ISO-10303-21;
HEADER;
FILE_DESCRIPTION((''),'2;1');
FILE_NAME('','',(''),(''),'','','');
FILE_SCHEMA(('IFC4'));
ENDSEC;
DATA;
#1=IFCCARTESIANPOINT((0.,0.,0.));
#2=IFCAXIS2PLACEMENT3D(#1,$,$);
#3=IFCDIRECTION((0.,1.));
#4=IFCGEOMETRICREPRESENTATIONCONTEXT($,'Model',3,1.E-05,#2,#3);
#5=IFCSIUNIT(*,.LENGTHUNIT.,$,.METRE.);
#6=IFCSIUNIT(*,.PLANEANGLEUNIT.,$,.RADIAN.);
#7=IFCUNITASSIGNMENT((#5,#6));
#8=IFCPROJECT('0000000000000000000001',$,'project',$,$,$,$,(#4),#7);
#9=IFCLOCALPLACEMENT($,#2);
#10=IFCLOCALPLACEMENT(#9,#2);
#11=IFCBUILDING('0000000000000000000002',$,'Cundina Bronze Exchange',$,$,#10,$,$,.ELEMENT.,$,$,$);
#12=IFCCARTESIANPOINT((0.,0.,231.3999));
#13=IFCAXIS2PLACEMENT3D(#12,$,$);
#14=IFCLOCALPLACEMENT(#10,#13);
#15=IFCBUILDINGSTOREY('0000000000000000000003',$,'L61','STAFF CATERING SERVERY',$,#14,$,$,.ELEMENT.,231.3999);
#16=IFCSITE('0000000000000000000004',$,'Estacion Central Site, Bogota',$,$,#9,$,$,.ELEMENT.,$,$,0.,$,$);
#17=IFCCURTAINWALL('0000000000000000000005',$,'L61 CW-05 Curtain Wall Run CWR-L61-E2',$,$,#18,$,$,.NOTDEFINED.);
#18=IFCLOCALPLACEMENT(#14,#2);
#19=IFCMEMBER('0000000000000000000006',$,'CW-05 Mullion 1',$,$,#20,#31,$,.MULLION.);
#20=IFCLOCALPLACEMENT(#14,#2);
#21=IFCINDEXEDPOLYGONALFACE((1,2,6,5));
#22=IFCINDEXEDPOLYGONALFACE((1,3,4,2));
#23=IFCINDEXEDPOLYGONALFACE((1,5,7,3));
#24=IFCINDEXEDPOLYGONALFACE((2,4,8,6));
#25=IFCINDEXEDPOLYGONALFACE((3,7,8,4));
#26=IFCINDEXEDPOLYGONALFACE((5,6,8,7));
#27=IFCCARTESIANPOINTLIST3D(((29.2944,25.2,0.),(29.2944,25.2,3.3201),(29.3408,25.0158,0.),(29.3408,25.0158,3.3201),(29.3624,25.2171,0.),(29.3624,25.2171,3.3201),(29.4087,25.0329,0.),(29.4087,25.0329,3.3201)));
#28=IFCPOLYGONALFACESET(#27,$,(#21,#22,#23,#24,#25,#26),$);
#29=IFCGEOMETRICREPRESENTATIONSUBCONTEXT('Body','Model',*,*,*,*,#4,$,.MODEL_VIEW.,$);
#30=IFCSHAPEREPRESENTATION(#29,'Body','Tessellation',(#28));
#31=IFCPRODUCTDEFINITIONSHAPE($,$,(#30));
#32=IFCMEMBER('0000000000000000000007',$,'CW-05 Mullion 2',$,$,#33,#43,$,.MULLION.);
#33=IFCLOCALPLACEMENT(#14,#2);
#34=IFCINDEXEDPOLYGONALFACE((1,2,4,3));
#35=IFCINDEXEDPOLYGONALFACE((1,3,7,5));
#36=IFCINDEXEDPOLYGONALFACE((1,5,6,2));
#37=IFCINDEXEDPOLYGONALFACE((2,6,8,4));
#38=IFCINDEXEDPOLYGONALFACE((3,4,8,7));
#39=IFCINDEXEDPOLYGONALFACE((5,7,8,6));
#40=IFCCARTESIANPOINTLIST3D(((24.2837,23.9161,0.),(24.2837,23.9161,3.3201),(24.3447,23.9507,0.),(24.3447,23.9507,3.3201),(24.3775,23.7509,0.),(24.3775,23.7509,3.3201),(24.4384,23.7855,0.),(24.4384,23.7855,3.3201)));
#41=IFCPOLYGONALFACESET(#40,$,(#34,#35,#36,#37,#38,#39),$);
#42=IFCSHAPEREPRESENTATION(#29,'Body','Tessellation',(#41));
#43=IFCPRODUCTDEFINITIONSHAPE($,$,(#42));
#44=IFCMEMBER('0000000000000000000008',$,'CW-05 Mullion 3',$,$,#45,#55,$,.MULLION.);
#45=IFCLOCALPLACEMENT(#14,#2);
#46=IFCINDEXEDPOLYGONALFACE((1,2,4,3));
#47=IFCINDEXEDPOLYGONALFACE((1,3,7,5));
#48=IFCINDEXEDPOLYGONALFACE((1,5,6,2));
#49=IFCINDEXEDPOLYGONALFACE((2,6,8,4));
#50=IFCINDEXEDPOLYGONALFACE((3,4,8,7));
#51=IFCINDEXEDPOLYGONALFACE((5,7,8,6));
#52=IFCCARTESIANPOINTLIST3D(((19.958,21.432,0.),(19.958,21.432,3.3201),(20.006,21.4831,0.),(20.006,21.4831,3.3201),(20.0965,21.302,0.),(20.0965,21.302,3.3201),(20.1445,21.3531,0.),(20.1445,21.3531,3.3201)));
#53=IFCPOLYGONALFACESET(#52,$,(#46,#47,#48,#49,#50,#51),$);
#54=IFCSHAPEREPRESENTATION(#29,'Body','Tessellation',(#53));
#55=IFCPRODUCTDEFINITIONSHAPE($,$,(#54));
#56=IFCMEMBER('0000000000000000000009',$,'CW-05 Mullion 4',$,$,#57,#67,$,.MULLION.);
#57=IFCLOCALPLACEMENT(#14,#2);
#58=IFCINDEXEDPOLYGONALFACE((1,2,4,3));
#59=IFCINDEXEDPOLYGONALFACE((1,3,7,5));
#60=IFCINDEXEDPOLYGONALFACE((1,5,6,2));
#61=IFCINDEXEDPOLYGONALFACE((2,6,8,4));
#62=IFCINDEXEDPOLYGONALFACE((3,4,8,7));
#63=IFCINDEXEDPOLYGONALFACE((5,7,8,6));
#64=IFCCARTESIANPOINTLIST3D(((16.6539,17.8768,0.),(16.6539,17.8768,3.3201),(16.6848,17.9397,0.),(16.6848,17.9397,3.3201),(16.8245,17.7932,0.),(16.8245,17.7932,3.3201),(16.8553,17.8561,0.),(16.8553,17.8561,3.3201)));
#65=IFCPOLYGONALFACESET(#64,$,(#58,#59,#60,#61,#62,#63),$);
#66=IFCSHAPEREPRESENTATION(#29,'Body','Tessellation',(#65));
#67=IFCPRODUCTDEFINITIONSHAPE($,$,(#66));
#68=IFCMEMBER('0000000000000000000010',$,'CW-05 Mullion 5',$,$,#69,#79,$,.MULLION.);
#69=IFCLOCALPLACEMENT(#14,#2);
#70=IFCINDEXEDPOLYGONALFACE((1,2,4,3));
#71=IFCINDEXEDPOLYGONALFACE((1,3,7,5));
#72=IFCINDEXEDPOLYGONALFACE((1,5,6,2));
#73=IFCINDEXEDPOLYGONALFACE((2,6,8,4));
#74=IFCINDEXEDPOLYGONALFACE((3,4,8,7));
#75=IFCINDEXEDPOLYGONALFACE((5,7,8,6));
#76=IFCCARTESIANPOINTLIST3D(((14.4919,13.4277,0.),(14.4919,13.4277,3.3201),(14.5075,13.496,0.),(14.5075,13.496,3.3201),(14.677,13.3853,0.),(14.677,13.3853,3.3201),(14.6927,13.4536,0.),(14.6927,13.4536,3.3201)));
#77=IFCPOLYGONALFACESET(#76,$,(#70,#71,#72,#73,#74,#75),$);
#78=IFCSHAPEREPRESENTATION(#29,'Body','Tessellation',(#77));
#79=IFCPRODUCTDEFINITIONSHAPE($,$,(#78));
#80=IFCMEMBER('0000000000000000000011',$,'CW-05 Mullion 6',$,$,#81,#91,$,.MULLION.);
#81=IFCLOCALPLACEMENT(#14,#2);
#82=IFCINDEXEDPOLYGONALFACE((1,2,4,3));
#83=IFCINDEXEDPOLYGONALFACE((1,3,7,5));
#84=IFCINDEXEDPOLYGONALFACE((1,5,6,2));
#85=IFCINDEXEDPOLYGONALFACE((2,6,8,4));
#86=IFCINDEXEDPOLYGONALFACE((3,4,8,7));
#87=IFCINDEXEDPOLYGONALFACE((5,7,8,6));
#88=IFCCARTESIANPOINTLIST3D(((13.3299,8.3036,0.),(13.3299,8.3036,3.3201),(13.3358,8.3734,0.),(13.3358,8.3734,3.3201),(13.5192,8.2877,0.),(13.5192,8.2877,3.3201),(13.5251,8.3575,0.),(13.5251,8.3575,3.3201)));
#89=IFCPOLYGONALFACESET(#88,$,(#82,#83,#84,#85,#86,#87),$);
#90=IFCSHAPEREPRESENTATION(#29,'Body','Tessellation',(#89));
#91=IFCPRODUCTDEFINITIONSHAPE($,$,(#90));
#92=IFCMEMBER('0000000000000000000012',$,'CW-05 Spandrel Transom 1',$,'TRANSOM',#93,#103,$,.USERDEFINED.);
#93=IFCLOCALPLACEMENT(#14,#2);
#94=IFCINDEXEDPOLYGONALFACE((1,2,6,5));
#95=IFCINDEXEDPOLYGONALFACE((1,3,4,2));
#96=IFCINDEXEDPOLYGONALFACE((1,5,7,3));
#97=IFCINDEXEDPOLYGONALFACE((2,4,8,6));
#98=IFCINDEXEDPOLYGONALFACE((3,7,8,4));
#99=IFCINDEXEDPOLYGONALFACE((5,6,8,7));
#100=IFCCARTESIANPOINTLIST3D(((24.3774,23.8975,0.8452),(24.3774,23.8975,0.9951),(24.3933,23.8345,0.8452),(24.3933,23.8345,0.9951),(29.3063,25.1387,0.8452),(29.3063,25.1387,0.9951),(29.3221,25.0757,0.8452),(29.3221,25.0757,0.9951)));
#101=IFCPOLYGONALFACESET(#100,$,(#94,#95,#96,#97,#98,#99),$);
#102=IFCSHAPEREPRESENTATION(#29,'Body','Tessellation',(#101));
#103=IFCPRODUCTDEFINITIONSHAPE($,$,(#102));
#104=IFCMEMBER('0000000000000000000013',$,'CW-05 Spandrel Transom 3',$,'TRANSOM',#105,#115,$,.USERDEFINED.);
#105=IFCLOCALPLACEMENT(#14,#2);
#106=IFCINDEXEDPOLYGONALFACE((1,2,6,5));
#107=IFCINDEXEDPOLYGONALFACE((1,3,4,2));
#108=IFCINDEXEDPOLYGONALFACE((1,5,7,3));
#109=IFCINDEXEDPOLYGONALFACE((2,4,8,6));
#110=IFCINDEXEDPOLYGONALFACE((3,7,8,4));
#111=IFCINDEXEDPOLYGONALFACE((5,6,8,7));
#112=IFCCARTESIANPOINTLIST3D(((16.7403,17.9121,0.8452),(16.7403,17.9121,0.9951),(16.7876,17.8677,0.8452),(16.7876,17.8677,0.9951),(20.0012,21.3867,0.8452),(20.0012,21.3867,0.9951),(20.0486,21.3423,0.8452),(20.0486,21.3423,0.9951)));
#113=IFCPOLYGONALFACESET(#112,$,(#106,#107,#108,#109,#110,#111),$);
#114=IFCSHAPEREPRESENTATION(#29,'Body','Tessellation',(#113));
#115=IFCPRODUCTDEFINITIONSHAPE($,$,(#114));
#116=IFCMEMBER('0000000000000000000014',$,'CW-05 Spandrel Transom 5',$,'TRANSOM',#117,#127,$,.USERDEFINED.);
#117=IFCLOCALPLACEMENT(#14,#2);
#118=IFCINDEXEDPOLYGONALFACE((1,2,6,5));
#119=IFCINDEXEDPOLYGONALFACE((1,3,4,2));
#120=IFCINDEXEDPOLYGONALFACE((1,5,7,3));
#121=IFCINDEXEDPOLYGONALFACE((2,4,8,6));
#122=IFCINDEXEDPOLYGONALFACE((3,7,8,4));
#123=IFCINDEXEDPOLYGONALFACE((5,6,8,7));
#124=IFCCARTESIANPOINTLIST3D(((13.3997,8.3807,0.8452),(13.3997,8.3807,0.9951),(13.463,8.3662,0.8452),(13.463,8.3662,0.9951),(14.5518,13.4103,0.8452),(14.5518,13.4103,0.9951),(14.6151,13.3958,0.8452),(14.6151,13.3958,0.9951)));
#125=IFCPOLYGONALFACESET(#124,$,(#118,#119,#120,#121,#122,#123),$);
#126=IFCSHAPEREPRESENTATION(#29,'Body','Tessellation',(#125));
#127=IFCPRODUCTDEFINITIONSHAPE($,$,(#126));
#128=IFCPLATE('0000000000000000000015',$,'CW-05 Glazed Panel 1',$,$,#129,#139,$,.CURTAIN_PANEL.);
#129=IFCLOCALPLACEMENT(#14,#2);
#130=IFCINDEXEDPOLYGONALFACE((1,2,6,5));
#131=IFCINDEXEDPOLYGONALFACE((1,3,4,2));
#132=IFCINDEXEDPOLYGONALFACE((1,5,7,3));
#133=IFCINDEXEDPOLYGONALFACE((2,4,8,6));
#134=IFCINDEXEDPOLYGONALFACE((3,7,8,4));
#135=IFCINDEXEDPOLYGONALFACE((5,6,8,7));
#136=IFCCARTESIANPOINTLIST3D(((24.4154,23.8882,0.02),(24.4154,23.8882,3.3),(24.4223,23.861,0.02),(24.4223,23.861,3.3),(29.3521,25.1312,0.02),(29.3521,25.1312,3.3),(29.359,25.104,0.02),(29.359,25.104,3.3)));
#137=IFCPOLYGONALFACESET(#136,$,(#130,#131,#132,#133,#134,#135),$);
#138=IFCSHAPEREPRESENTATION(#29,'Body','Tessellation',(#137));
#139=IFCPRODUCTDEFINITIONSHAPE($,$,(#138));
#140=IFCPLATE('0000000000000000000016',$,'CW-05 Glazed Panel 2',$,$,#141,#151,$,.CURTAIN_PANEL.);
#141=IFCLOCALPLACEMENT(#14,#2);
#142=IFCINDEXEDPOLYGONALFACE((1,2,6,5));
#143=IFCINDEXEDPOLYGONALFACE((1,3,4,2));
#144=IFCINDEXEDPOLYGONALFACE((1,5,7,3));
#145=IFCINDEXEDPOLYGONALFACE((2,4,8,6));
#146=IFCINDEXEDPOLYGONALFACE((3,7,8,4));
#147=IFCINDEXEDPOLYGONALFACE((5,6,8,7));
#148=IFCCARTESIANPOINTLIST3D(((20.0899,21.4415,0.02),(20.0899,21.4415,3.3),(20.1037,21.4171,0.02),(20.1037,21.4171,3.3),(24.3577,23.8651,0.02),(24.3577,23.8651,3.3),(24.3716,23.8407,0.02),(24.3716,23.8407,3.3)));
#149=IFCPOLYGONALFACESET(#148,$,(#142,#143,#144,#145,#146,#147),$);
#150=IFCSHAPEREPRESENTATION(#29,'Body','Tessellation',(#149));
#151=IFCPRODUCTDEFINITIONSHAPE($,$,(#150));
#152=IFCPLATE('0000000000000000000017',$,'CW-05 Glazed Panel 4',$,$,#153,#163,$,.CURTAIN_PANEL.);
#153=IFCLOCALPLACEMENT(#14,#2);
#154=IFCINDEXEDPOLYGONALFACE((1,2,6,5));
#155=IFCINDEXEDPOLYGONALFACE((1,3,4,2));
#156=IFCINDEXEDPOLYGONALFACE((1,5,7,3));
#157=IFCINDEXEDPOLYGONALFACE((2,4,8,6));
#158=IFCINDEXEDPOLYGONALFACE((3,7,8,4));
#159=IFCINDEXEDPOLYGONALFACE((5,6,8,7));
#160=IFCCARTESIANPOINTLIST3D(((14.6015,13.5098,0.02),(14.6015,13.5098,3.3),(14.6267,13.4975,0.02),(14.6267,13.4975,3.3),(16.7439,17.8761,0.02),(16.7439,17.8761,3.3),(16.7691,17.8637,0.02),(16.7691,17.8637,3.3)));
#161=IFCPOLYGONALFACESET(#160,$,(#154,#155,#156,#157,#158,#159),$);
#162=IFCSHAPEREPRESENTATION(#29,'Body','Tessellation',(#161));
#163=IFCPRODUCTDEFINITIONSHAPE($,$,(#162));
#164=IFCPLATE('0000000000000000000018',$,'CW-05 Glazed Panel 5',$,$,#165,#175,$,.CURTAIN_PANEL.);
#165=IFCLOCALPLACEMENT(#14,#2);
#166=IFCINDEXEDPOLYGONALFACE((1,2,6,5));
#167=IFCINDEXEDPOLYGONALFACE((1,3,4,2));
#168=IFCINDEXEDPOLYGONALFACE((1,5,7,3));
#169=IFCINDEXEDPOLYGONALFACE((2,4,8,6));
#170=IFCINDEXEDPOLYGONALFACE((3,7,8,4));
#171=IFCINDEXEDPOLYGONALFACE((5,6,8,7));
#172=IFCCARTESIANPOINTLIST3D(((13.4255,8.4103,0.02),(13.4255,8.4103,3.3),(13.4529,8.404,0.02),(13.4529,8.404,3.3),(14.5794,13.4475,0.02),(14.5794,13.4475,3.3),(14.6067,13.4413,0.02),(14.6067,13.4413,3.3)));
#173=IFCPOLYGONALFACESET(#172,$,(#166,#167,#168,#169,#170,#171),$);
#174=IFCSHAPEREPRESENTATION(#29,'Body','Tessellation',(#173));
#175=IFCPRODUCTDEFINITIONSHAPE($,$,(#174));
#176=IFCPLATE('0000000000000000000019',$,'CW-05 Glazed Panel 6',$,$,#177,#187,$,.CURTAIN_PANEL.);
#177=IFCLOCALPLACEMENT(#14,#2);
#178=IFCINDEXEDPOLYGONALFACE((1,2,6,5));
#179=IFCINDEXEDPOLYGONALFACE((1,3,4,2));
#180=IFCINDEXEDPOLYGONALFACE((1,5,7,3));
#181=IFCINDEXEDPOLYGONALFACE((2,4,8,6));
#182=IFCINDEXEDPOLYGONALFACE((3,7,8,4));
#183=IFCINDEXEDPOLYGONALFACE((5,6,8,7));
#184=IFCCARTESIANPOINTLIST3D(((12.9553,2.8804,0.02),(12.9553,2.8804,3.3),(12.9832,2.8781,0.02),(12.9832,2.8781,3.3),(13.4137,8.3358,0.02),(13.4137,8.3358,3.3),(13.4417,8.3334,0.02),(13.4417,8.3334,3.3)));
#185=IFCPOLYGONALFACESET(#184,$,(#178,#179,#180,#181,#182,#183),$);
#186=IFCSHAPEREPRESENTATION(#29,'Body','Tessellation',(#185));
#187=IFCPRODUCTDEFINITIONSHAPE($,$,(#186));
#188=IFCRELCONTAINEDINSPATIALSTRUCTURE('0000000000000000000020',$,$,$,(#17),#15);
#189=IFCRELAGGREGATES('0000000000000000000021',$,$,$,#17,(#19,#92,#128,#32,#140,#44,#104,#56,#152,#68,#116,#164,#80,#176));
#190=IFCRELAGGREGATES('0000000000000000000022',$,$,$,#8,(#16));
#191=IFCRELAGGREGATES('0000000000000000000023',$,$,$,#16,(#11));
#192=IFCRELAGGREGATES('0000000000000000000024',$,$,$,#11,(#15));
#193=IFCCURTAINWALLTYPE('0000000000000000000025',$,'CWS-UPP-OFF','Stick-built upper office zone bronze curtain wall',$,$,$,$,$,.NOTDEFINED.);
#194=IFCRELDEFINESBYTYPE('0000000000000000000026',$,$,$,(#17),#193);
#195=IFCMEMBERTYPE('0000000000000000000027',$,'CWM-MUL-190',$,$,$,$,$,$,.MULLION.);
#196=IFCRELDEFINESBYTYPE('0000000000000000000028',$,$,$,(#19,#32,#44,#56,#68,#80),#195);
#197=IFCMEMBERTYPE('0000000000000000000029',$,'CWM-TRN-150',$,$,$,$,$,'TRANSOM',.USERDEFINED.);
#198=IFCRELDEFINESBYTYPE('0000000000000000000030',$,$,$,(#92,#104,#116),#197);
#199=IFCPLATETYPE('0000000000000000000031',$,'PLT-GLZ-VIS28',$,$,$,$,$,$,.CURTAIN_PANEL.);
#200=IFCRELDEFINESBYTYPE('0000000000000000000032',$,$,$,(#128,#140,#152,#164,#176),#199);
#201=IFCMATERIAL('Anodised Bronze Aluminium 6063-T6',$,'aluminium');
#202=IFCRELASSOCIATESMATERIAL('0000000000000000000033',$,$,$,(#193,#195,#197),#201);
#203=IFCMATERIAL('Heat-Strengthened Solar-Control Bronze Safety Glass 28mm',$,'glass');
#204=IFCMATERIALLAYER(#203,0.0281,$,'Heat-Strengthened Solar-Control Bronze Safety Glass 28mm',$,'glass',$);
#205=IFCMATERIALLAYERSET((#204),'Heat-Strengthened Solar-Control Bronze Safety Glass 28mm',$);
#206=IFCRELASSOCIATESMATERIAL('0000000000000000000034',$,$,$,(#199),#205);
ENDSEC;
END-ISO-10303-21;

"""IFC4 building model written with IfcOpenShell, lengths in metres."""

from ifc_helpers import new_model, si_unit, direction, frame, origin, origin_2d, place, context, subcontext, project, spatial, rectangle, extrude, material, layer, layer_set, material_profile, profile_set, type_object, element, aggregate, save


model = new_model("IFC4")

# Units and contexts
model_context = context("Model", 3, precision=1e-05, world=origin(), true_north=direction((0.0, 1.0)))
body_context = subcontext(model_context, "Body", "Model", "MODEL_VIEW")
ifc_project = project(units=[si_unit("LENGTHUNIT", "METRE"), si_unit("PLANEANGLEUNIT", "RADIAN")], contexts=[model_context])

# Site, building, storey
site_placement = place(None, origin())
site = spatial("IfcSite", under=ifc_project, at=site_placement, Name="Estacion Central Site, Bogota", CompositionType="ELEMENT", RefElevation=0.0)
building_placement = place(site_placement, origin())
building = spatial("IfcBuilding", under=site, at=building_placement, Name="Cundina Bronze Exchange", CompositionType="ELEMENT")
storey_placement = place(building_placement, frame((0.0, 0.0, 231.3999)))
storey = spatial("IfcBuildingStorey", under=building, at=storey_placement, Name="L61", Description="STAFF CATERING SERVERY", CompositionType="ELEMENT", Elevation=231.3999)

# Shared definitions
ifc_material_1 = material(Name="Anodised Bronze Aluminium 6063-T6", Category="aluminium")
curtain_wall_type = type_object("IfcCurtainWallType", Name="CWS-UPP-OFF", Description="Stick-built upper office zone bronze curtain wall", PredefinedType="NOTDEFINED", material=ifc_material_1)
ifc_material_profile_1 = material_profile(ifc_material_1, rectangle(XDim=0.0701, YDim=0.1899, at=origin_2d()), Name="AL70X190", Category="aluminium")
ifc_profile_set_1 = profile_set([ifc_material_profile_1], Name="Anodised Bronze Aluminium 6063-T6")
member_type_1 = type_object("IfcMemberType", Name="CWM-MUL-190", PredefinedType="MULLION", material=ifc_profile_set_1)

# Curtain wall, members, plates
curtain_wall_1_placement = place(storey_placement, origin())
curtain_wall_1 = element("IfcCurtainWall", 1, at=curtain_wall_1_placement, inside=storey, type_object=curtain_wall_type, Name="L61 CW-05 Curtain Wall Run CWR-L61-E2", PredefinedType="NOTDEFINED")
member_1_placement = place(storey_placement, frame((29.3516, 25.1165, 0.0), z_axis=(0.0, 0.0, 1.0), x_axis=(-0.969744, -0.244123, 0.0)))
member_1 = element("IfcMember", 2, at=member_1_placement, type_object=member_type_1, Name="CW-05 Mullion 1", PredefinedType="MULLION", context=body_context, shape_type="SweptSolid", body=[
    extrude(rectangle(XDim=0.0701, YDim=0.1899, at=origin_2d()), origin(), (0.0, 0.0, 1.0), 3.3201),
])
member_2_placement = place(storey_placement, frame((24.3611, 23.8508, 0.0), z_axis=(0.0, 0.0, 1.0), x_axis=(-0.869581, -0.49379, 0.0)))
member_2 = element("IfcMember", 3, at=member_2_placement, type_object=member_type_1, Name="CW-05 Mullion 2", PredefinedType="MULLION", context=body_context, shape_type="SweptSolid", body=[
    extrude(rectangle(XDim=0.0701, YDim=0.1899, at=origin_2d()), origin(), (0.0, 0.0, 1.0), 3.3201),
])
member_3_placement = place(storey_placement, frame((20.0513, 21.3926, 0.0), z_axis=(0.0, 0.0, 1.0), x_axis=(-0.684293, -0.729208, 0.0)))
member_3 = element("IfcMember", 4, at=member_3_placement, type_object=member_type_1, Name="CW-05 Mullion 3", PredefinedType="MULLION", context=body_context, shape_type="SweptSolid", body=[
    extrude(rectangle(XDim=0.0701, YDim=0.1899, at=origin_2d()), origin(), (0.0, 0.0, 1.0), 3.3201),
])
member_4_placement = place(storey_placement, frame((16.7546, 17.8665, 0.0), z_axis=(0.0, 0.0, 1.0), x_axis=(-0.440566, -0.89772, 0.0)))
member_4 = element("IfcMember", 5, at=member_4_placement, type_object=member_type_1, Name="CW-05 Mullion 4", PredefinedType="MULLION", context=body_context, shape_type="SweptSolid", body=[
    extrude(rectangle(XDim=0.0701, YDim=0.1899, at=origin_2d()), origin(), (0.0, 0.0, 1.0), 3.3201),
])
member_5_placement = place(storey_placement, frame((14.5923, 13.4407, 0.0), z_axis=(0.0, 0.0, 1.0), x_axis=(-0.22325, -0.974761, 0.0)))
member_5 = element("IfcMember", 6, at=member_5_placement, type_object=member_type_1, Name="CW-05 Mullion 5", PredefinedType="MULLION", context=body_context, shape_type="SweptSolid", body=[
    extrude(rectangle(XDim=0.0701, YDim=0.1899, at=origin_2d()), origin(), (0.0, 0.0, 1.0), 3.3201),
])
member_6_placement = place(storey_placement, frame((13.4275, 8.3306, 0.0), z_axis=(0.0, 0.0, 1.0), x_axis=(-0.083678, -0.996493, 0.0)))
member_6 = element("IfcMember", 7, at=member_6_placement, type_object=member_type_1, Name="CW-05 Mullion 6", PredefinedType="MULLION", context=body_context, shape_type="SweptSolid", body=[
    extrude(rectangle(XDim=0.0701, YDim=0.1899, at=origin_2d()), origin(), (0.0, 0.0, 1.0), 3.3201),
])
ifc_material_profile_2 = material_profile(ifc_material_1, rectangle(XDim=0.0649, YDim=0.1499, at=origin_2d()), Name="AL65X150", Category="aluminium")
ifc_profile_set_2 = profile_set([ifc_material_profile_2], Name="Anodised Bronze Aluminium 6063-T6")
member_type_2 = type_object("IfcMemberType", Name="CWM-TRN-150", ElementType="TRANSOM", PredefinedType="USERDEFINED", material=ifc_profile_set_2)
member_7_placement = place(storey_placement, frame((29.3142, 25.1072, 0.9202), z_axis=(-0.969726, -0.244197, 0.0), x_axis=(0.244197, -0.969726, 0.0)))
member_7 = element("IfcMember", 8, at=member_7_placement, type_object=member_type_2, Name="CW-05 Spandrel Transom 1", ObjectType="TRANSOM", PredefinedType="USERDEFINED", context=body_context, shape_type="SweptSolid", body=[
    extrude(rectangle(XDim=0.0649, YDim=0.1499, at=origin_2d()), origin(), (0.0, 0.0, 1.0), 5.0828),
])
member_8_placement = place(storey_placement, frame((20.0249, 21.3645, 0.9202), z_axis=(-0.684336, -0.729166, 0.0), x_axis=(0.729166, -0.684336, 0.0)))
member_8 = element("IfcMember", 9, at=member_8_placement, type_object=member_type_2, Name="CW-05 Spandrel Transom 3", ObjectType="TRANSOM", PredefinedType="USERDEFINED", context=body_context, shape_type="SweptSolid", body=[
    extrude(rectangle(XDim=0.0649, YDim=0.1499, at=origin_2d()), origin(), (0.0, 0.0, 1.0), 4.7651),
])
member_9_placement = place(storey_placement, frame((14.5835, 13.4031, 0.9202), z_axis=(-0.223283, -0.974754, 0.0), x_axis=(0.974754, -0.223283, 0.0)))
member_9 = element("IfcMember", 10, at=member_9_placement, type_object=member_type_2, Name="CW-05 Spandrel Transom 5", ObjectType="TRANSOM", PredefinedType="USERDEFINED", context=body_context, shape_type="SweptSolid", body=[
    extrude(rectangle(XDim=0.0649, YDim=0.1499, at=origin_2d()), origin(), (0.0, 0.0, 1.0), 5.1599),
])
ifc_material_2 = material(Name="Heat-Strengthened Solar-Control Bronze Safety Glass 28mm", Category="glass")
ifc_layer_1 = layer(ifc_material_2, 0.0281, Name="Heat-Strengthened Solar-Control Bronze Safety Glass 28mm", Category="glass")
ifc_layer_set_1 = layer_set([ifc_layer_1], Name="Heat-Strengthened Solar-Control Bronze Safety Glass 28mm")
plate_type_1 = type_object("IfcPlateType", Name="PLT-GLZ-VIS28", PredefinedType="CURTAIN_PANEL", material=ifc_layer_set_1)
plate_1_placement = place(storey_placement, frame((26.8872, 24.4961, 0.02), z_axis=(0.0, 0.0, 1.0), x_axis=(-0.969732, -0.244174, 0.0)))
plate_1 = element("IfcPlate", 11, at=plate_1_placement, type_object=plate_type_1, Name="CW-05 Glazed Panel 1", PredefinedType="CURTAIN_PANEL", context=body_context, shape_type="SweptSolid", body=[
    extrude(rectangle(XDim=5.0908, YDim=0.0281, at=origin_2d()), origin(), (0.0, 0.0, 1.0), 3.28),
])
plate_2_placement = place(storey_placement, frame((22.2307, 22.6411, 0.02), z_axis=(0.0, 0.0, 1.0), x_axis=(-0.869573, -0.493805, 0.0)))
plate_2 = element("IfcPlate", 12, at=plate_2_placement, type_object=plate_type_1, Name="CW-05 Glazed Panel 2", PredefinedType="CURTAIN_PANEL", context=body_context, shape_type="SweptSolid", body=[
    extrude(rectangle(XDim=4.908, YDim=0.0281, at=origin_2d()), origin(), (0.0, 0.0, 1.0), 3.28),
])
plate_3_placement = place(storey_placement, frame((15.6853, 15.6868, 0.02), z_axis=(0.0, 0.0, 1.0), x_axis=(-0.440503, -0.897751, 0.0)))
plate_3 = element("IfcPlate", 13, at=plate_3_placement, type_object=plate_type_1, Name="CW-05 Glazed Panel 4", PredefinedType="CURTAIN_PANEL", context=body_context, shape_type="SweptSolid", body=[
    extrude(rectangle(XDim=4.8635, YDim=0.0281, at=origin_2d()), origin(), (0.0, 0.0, 1.0), 3.28),
])
plate_4_placement = place(storey_placement, frame((14.0161, 10.9258, 0.02), z_axis=(0.0, 0.0, 1.0), x_axis=(-0.223284, -0.974753, 0.0)))
plate_4 = element("IfcPlate", 14, at=plate_4_placement, type_object=plate_type_1, Name="CW-05 Glazed Panel 5", PredefinedType="CURTAIN_PANEL", context=body_context, shape_type="SweptSolid", body=[
    extrude(rectangle(XDim=5.1677, YDim=0.0281, at=origin_2d()), origin(), (0.0, 0.0, 1.0), 3.28),
])
plate_5_placement = place(storey_placement, frame((13.1985, 5.6069, 0.02), z_axis=(0.0, 0.0, 1.0), x_axis=(-0.083747, -0.996487, 0.0)))
plate_5 = element("IfcPlate", 15, at=plate_5_placement, type_object=plate_type_1, Name="CW-05 Glazed Panel 6", PredefinedType="CURTAIN_PANEL", context=body_context, shape_type="SweptSolid", body=[
    extrude(rectangle(XDim=5.4746, YDim=0.0281, at=origin_2d()), origin(), (0.0, 0.0, 1.0), 3.28),
])
aggregate(curtain_wall_1, [member_1, member_7, plate_1, member_2, plate_2, member_3, member_8, member_4, plate_3, member_5, member_9, plate_4, member_6, plate_5])

save(model, "model.ifc")
